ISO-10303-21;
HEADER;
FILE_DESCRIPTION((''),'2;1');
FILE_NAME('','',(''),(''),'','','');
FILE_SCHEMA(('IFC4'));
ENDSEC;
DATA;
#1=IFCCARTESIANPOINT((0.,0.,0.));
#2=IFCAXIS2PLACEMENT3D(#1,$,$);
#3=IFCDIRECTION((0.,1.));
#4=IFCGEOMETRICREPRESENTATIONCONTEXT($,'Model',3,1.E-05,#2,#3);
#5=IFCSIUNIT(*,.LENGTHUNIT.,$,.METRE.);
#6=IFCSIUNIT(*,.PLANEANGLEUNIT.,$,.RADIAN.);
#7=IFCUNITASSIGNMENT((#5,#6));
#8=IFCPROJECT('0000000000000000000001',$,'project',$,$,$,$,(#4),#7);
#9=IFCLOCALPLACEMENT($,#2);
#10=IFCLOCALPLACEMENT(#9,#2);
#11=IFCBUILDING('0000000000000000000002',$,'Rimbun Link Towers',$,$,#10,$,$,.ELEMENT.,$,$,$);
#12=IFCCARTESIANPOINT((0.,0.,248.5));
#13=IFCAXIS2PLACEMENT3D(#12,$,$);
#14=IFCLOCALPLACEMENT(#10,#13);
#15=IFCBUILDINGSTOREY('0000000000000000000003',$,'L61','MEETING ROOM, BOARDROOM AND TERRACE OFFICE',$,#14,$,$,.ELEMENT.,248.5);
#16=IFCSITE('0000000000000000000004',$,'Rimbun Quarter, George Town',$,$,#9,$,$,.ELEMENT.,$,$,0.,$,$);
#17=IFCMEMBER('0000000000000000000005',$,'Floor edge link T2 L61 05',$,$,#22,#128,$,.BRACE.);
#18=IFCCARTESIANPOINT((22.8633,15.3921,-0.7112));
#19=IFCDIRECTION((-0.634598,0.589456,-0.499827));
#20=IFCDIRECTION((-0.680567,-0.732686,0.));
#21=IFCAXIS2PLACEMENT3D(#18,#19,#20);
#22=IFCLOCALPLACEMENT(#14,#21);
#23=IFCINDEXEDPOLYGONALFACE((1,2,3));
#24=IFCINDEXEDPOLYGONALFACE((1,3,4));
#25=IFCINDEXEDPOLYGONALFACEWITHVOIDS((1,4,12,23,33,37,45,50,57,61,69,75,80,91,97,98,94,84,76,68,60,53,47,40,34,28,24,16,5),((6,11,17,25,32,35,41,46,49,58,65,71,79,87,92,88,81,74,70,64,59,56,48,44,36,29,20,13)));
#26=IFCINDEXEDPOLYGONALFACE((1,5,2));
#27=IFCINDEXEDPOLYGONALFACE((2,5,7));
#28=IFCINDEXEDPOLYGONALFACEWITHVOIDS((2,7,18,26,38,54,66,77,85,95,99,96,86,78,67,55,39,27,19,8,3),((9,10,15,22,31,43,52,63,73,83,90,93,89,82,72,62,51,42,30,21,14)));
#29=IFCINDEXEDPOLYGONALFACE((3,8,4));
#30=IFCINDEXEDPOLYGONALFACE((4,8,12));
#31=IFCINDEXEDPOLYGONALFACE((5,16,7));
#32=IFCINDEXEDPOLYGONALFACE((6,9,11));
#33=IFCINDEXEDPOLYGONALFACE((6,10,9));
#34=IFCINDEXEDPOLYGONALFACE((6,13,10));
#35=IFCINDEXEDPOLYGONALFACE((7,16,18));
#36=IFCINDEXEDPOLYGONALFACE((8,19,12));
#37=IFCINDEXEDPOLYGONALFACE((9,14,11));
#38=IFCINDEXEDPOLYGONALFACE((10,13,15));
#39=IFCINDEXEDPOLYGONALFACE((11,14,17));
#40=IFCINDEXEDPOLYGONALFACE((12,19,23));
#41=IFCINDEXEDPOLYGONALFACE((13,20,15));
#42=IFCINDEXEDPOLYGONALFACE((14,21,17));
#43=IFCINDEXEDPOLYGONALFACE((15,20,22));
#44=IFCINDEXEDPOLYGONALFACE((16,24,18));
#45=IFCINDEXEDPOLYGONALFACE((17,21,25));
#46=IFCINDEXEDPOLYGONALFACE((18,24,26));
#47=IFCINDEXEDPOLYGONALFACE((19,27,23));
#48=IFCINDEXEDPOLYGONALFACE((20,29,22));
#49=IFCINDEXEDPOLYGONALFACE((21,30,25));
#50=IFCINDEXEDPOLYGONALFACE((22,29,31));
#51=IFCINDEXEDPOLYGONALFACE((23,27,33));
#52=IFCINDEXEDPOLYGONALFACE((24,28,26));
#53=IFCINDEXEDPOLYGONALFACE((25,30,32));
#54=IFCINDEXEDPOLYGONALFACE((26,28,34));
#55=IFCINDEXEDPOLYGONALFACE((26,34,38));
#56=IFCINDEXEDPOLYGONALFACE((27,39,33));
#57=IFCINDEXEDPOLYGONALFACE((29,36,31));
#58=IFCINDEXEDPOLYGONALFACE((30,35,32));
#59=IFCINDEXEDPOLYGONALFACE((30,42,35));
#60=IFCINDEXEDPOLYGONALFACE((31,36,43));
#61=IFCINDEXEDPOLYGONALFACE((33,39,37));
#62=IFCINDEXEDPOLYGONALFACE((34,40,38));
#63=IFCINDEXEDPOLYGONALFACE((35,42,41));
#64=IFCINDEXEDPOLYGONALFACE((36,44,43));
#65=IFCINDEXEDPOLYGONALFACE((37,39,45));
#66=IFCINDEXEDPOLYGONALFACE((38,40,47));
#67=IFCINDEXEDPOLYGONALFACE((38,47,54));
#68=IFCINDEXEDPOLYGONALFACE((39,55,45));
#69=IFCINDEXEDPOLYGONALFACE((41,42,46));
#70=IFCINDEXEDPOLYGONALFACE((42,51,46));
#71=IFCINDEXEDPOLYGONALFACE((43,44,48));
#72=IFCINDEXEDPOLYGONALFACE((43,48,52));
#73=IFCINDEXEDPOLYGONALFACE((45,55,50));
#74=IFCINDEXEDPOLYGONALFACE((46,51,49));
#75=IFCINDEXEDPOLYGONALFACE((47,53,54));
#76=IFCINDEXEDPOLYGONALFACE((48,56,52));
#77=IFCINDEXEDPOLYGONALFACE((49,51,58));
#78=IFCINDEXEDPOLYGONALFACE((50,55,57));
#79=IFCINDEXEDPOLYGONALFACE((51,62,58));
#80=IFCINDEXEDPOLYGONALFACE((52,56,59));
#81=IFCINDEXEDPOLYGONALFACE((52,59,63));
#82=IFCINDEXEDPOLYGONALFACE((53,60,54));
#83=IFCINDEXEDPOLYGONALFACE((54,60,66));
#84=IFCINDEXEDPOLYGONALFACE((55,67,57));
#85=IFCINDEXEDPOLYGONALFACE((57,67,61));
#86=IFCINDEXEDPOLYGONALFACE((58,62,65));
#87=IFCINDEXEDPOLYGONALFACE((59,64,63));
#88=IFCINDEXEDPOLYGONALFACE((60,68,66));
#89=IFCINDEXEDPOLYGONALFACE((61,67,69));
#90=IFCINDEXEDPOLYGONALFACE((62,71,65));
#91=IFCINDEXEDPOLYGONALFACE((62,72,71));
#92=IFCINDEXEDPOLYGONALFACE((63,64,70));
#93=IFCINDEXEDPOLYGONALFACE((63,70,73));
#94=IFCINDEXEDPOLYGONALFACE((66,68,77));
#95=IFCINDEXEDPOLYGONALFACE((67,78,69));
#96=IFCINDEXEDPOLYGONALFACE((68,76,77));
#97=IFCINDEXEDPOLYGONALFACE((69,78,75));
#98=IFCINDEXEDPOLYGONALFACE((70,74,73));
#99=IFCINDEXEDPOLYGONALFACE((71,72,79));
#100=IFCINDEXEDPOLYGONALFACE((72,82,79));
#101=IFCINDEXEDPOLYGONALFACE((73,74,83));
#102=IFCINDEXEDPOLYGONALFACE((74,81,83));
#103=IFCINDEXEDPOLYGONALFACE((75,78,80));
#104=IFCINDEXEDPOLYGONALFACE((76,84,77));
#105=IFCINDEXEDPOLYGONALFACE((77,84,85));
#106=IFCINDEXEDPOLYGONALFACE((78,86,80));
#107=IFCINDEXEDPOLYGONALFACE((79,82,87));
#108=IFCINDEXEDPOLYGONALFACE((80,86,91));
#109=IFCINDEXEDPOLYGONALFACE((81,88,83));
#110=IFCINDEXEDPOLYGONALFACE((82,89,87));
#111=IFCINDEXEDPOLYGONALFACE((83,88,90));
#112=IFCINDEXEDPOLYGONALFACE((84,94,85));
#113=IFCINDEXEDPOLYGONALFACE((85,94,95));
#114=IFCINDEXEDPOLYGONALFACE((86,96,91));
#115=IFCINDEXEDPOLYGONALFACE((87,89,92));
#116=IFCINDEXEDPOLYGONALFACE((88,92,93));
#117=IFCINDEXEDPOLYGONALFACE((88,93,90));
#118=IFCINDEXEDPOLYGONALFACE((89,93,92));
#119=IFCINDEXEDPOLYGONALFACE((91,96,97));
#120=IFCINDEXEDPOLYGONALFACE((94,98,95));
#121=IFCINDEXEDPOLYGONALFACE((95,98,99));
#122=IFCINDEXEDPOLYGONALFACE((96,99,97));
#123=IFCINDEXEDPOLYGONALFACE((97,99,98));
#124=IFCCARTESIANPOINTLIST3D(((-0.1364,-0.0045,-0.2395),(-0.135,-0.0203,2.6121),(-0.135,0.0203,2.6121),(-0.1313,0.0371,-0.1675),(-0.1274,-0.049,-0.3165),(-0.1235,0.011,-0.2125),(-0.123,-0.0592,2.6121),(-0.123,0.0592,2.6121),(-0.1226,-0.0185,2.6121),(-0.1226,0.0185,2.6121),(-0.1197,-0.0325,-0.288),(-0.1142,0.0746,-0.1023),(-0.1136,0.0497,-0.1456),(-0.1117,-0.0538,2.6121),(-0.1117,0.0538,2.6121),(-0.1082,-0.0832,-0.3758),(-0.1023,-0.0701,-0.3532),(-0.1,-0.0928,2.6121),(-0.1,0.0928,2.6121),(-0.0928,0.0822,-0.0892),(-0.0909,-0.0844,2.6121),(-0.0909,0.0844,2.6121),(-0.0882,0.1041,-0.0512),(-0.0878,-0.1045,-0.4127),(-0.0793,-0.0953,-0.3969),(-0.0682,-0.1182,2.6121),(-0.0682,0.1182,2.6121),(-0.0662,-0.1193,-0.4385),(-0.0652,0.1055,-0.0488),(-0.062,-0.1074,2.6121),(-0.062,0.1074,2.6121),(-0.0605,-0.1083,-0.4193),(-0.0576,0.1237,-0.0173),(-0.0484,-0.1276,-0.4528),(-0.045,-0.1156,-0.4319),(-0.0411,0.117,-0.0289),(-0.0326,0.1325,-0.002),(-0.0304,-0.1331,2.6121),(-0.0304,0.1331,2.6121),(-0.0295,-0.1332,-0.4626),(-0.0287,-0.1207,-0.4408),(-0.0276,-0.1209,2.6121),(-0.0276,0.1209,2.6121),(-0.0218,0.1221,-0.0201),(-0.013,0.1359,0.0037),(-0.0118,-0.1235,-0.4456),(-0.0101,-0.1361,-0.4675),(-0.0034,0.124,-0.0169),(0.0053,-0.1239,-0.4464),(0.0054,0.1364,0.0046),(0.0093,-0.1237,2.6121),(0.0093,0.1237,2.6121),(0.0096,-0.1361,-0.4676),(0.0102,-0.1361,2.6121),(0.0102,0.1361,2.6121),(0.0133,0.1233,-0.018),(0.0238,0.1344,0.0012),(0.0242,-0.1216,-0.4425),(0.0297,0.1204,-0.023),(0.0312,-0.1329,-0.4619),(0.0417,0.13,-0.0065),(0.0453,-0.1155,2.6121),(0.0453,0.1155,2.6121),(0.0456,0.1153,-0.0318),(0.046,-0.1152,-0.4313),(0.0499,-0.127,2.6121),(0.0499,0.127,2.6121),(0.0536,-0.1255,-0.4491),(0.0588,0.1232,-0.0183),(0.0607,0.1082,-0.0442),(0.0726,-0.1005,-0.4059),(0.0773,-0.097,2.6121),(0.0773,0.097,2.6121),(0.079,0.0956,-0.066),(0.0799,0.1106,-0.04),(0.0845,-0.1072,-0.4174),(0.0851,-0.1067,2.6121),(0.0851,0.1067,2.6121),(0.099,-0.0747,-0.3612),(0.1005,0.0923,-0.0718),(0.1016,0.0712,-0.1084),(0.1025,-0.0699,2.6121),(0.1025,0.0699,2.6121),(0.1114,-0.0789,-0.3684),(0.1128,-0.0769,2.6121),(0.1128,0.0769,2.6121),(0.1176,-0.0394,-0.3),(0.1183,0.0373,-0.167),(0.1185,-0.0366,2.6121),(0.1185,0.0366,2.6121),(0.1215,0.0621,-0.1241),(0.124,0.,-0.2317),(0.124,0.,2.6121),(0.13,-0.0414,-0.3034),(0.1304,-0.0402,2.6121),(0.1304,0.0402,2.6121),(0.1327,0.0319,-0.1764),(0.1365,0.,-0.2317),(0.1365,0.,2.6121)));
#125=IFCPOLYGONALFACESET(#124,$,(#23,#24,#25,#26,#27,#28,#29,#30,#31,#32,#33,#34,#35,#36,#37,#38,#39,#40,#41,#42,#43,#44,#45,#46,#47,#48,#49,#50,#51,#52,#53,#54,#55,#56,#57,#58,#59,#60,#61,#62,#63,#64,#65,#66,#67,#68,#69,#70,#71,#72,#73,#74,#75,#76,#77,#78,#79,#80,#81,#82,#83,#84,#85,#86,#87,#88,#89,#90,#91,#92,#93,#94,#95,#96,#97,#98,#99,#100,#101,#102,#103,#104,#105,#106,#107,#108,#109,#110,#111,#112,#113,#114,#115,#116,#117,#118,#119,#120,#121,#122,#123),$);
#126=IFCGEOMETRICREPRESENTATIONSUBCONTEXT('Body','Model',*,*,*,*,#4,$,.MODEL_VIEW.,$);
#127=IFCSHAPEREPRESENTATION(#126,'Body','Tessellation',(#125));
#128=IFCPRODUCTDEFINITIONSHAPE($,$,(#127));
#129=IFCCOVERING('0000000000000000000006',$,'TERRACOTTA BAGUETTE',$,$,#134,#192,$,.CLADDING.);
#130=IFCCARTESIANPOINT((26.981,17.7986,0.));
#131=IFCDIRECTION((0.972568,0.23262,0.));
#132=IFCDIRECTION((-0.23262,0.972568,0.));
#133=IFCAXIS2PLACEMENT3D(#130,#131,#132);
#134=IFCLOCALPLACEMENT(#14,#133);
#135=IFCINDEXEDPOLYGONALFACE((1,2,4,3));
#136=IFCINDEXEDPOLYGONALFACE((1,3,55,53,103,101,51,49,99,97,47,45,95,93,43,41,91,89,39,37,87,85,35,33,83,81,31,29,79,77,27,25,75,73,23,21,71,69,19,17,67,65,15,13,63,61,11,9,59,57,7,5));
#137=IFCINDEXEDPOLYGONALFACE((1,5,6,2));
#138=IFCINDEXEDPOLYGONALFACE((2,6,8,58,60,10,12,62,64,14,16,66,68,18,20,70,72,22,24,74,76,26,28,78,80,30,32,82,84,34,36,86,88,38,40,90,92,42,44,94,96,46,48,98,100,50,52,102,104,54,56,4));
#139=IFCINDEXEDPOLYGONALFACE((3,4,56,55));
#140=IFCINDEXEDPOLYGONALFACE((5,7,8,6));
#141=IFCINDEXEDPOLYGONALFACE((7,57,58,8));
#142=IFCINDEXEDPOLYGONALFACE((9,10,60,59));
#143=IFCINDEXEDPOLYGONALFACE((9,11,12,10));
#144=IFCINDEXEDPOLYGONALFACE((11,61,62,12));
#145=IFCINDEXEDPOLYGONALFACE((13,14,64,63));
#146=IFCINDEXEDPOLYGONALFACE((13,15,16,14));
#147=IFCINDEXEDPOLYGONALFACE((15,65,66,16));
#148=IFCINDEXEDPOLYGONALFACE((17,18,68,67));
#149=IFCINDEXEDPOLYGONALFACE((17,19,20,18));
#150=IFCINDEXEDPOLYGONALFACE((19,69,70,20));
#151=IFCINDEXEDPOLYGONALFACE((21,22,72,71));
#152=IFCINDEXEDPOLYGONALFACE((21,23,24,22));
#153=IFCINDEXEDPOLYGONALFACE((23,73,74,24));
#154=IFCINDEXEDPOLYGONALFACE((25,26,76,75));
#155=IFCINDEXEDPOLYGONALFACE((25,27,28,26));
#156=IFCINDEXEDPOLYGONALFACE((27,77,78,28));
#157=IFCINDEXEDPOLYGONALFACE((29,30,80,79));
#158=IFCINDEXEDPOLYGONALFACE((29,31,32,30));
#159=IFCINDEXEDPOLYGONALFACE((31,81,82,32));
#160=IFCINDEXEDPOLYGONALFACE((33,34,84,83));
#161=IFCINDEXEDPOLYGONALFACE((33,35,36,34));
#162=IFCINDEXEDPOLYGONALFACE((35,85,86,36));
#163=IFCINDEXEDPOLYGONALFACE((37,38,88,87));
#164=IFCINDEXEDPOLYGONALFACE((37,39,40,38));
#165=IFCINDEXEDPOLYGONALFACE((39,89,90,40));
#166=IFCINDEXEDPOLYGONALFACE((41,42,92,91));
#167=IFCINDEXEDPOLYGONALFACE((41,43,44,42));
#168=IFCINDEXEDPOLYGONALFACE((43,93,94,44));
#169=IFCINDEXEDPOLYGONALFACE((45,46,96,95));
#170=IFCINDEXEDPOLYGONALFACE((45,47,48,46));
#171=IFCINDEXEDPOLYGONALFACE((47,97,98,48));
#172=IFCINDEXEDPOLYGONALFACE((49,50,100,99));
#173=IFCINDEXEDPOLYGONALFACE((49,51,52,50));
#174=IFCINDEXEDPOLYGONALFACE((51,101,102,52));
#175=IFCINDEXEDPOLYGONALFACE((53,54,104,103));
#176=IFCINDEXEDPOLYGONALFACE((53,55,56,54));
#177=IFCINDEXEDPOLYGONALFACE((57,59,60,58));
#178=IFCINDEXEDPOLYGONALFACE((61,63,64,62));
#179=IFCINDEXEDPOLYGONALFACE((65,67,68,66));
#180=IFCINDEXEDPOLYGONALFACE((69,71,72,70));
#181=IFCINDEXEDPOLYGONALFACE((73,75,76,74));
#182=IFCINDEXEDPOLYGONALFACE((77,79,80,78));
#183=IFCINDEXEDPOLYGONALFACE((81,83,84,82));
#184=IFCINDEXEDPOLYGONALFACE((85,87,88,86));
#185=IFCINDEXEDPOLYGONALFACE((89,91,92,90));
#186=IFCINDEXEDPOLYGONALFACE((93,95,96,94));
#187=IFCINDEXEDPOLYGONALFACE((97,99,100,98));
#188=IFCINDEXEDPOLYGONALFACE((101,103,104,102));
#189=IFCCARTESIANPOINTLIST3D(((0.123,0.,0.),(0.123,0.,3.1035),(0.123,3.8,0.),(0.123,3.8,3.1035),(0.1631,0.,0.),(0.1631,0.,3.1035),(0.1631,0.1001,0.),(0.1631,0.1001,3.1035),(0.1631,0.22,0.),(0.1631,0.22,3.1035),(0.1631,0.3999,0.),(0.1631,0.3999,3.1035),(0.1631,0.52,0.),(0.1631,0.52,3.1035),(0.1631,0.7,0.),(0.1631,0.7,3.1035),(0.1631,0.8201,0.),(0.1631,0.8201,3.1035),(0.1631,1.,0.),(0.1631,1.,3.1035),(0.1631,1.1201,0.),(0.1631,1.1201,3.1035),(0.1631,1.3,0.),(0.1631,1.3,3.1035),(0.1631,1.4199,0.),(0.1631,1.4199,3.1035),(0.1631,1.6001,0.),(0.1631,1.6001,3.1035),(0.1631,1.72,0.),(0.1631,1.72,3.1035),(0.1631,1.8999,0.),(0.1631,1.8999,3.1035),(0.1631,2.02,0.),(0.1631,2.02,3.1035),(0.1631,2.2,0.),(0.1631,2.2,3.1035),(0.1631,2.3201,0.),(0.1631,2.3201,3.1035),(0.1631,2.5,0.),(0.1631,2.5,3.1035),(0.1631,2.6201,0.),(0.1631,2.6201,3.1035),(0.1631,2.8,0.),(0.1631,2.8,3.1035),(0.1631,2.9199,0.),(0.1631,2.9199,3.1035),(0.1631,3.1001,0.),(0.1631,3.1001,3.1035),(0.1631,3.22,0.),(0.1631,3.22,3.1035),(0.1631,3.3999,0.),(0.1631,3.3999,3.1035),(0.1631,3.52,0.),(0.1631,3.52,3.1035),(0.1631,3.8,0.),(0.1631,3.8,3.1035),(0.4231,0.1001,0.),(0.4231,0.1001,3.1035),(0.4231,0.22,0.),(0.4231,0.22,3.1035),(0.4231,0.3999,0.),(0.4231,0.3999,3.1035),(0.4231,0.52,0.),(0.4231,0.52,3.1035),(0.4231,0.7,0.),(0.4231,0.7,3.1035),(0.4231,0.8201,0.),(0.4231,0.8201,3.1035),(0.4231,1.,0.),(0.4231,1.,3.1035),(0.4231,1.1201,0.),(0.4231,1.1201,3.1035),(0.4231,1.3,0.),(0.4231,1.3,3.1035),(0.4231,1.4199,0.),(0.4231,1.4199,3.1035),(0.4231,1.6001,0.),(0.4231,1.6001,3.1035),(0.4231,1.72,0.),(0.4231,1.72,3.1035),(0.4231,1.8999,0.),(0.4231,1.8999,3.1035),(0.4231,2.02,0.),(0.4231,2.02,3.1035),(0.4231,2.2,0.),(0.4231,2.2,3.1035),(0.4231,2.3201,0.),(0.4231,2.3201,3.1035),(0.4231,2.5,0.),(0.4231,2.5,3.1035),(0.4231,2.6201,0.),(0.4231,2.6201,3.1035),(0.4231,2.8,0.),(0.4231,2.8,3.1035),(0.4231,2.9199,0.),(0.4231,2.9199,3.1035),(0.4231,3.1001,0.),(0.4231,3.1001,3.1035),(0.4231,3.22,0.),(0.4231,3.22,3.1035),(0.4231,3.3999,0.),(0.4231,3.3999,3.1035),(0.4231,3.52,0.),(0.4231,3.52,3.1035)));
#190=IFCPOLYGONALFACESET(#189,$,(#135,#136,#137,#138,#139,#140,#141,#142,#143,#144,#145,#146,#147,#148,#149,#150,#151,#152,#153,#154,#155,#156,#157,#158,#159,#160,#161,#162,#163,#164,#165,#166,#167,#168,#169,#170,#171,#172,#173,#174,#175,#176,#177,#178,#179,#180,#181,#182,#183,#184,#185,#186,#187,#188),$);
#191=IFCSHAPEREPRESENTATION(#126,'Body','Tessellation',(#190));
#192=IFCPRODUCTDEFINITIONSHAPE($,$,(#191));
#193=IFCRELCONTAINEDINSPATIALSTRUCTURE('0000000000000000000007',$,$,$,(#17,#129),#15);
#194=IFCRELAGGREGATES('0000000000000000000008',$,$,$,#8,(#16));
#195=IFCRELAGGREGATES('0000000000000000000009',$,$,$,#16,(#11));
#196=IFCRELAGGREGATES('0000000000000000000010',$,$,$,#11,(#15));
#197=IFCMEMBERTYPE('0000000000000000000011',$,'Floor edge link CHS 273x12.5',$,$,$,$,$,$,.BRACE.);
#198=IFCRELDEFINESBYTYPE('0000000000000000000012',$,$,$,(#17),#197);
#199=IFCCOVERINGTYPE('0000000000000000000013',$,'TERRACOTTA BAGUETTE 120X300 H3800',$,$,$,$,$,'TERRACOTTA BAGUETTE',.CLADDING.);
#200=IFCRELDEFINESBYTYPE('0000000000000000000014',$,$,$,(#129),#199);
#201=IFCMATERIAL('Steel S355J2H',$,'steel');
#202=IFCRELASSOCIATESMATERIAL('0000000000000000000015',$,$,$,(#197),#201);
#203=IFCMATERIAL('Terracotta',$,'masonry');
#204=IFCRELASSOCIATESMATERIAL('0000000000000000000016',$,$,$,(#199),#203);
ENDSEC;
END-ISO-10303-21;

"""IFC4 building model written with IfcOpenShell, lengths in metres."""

from ifc_helpers import new_model, si_unit, direction, frame, origin, origin_2d, place, context, subcontext, project, spatial, polyline, hollow_circle, outline, extrude, clip, halfspace, material, material_profile, profile_set, type_object, element, save


model = new_model("IFC4")

# Units and contexts
model_context = context("Model", 3, precision=1e-05, world=origin(), true_north=direction((0.0, 1.0)))
body_context = subcontext(model_context, "Body", "Model", "MODEL_VIEW")
ifc_project = project(units=[si_unit("LENGTHUNIT", "METRE"), si_unit("PLANEANGLEUNIT", "RADIAN")], contexts=[model_context])

# Site, building, storey
site_placement = place(None, origin())
site = spatial("IfcSite", under=ifc_project, at=site_placement, Name="Rimbun Quarter, George Town", CompositionType="ELEMENT", RefElevation=0.0)
building_placement = place(site_placement, origin())
building = spatial("IfcBuilding", under=site, at=building_placement, Name="Rimbun Link Towers", CompositionType="ELEMENT")
storey_placement = place(building_placement, frame((0.0, 0.0, 248.5)))
storey = spatial("IfcBuildingStorey", under=building, at=storey_placement, Name="L61", Description="MEETING ROOM, BOARDROOM AND TERRACE OFFICE", CompositionType="ELEMENT", Elevation=248.5)

# Member
ifc_material_1 = material(Name="Steel S355J2H", Category="steel")
ifc_material_profile_1 = material_profile(ifc_material_1, hollow_circle(Radius=0.1365, WallThickness=0.0125, at=origin_2d()), Name="CHS 273x12.5")
ifc_profile_set_1 = profile_set([ifc_material_profile_1], Name="Steel S355J2H")
member_type_1 = type_object("IfcMemberType", Name="Floor edge link CHS 273x12.5", PredefinedType="BRACE", material=ifc_profile_set_1)
member_1_placement = place(storey_placement, frame((22.8633, 15.3921, -0.7112), z_axis=(-0.634598, 0.589456, -0.499827), x_axis=(-0.680567, -0.732686, 0.0)))
element("IfcMember", 1, at=member_1_placement, inside=storey, type_object=member_type_1, Name="Floor edge link T2 L61 05", PredefinedType="BRACE", context=body_context, shape_type="Clipping", body=[
    clip(extrude(hollow_circle(Radius=0.1365, WallThickness=0.0125, at=origin_2d()), frame((0.0, 0.0, -0.4932)), (0.0, 0.0, 1.0), 3.1052), halfspace(frame((0.0, 0.0, -0.2317), z_axis=(0.0, 0.866125, -0.499827)), False)),
])

# Covering
ifc_material_2 = material(Name="Terracotta", Category="masonry")
ifc_material_profile_2 = material_profile(ifc_material_2, outline(polyline([(0.123, 0.0), (0.1631, 0.0), (0.1631, 0.1001), (0.4231, 0.1001), (0.4231, 0.22), (0.1631, 0.22), (0.1631, 0.3999), (0.4231, 0.3999), (0.4231, 0.52), (0.1631, 0.52), (0.1631, 0.7), (0.4231, 0.7), (0.4231, 0.8201), (0.1631, 0.8201), (0.1631, 1.0), (0.4231, 1.0), (0.4231, 1.1201), (0.1631, 1.1201), (0.1631, 1.3), (0.4231, 1.3), (0.4231, 1.4199), (0.1631, 1.4199), (0.1631, 1.6001), (0.4231, 1.6001), (0.4231, 1.72), (0.1631, 1.72), (0.1631, 1.8999), (0.4231, 1.8999), (0.4231, 2.02), (0.1631, 2.02), (0.1631, 2.2), (0.4231, 2.2), (0.4231, 2.3201), (0.1631, 2.3201), (0.1631, 2.5), (0.4231, 2.5), (0.4231, 2.6201), (0.1631, 2.6201), (0.1631, 2.8), (0.4231, 2.8), (0.4231, 2.9199), (0.1631, 2.9199), (0.1631, 3.1001), (0.4231, 3.1001), (0.4231, 3.22), (0.1631, 3.22), (0.1631, 3.3999), (0.4231, 3.3999), (0.4231, 3.52), (0.1631, 3.52), (0.1631, 3.8), (0.123, 3.8), (0.123, 0.0)])), Name="BAGUETTE 120X300")
ifc_profile_set_2 = profile_set([ifc_material_profile_2], Name="Terracotta")
covering_type = type_object("IfcCoveringType", Name="TERRACOTTA BAGUETTE 120X300 H3800", ElementType="TERRACOTTA BAGUETTE", PredefinedType="CLADDING", material=ifc_profile_set_2)
covering_1_placement = place(storey_placement, frame((26.981, 17.7986, 0.0), z_axis=(0.972568, 0.23262, 0.0), x_axis=(-0.23262, 0.972568, 0.0)))
element("IfcCovering", 2, at=covering_1_placement, inside=storey, type_object=covering_type, Name="TERRACOTTA BAGUETTE", PredefinedType="CLADDING", context=body_context, shape_type="SweptSolid", body=[
    extrude(outline(polyline([(0.123, 0.0), (0.1631, 0.0), (0.1631, 0.1001), (0.4231, 0.1001), (0.4231, 0.22), (0.1631, 0.22), (0.1631, 0.3999), (0.4231, 0.3999), (0.4231, 0.52), (0.1631, 0.52), (0.1631, 0.7), (0.4231, 0.7), (0.4231, 0.8201), (0.1631, 0.8201), (0.1631, 1.0), (0.4231, 1.0), (0.4231, 1.1201), (0.1631, 1.1201), (0.1631, 1.3), (0.4231, 1.3), (0.4231, 1.4199), (0.1631, 1.4199), (0.1631, 1.6001), (0.4231, 1.6001), (0.4231, 1.72), (0.1631, 1.72), (0.1631, 1.8999), (0.4231, 1.8999), (0.4231, 2.02), (0.1631, 2.02), (0.1631, 2.2), (0.4231, 2.2), (0.4231, 2.3201), (0.1631, 2.3201), (0.1631, 2.5), (0.4231, 2.5), (0.4231, 2.6201), (0.1631, 2.6201), (0.1631, 2.8), (0.4231, 2.8), (0.4231, 2.9199), (0.1631, 2.9199), (0.1631, 3.1001), (0.4231, 3.1001), (0.4231, 3.22), (0.1631, 3.22), (0.1631, 3.3999), (0.4231, 3.3999), (0.4231, 3.52), (0.1631, 3.52), (0.1631, 3.8), (0.123, 3.8), (0.123, 0.0)])), origin(), (0.0, 0.0, 1.0), 3.1035),
])

save(model, "model.ifc")
